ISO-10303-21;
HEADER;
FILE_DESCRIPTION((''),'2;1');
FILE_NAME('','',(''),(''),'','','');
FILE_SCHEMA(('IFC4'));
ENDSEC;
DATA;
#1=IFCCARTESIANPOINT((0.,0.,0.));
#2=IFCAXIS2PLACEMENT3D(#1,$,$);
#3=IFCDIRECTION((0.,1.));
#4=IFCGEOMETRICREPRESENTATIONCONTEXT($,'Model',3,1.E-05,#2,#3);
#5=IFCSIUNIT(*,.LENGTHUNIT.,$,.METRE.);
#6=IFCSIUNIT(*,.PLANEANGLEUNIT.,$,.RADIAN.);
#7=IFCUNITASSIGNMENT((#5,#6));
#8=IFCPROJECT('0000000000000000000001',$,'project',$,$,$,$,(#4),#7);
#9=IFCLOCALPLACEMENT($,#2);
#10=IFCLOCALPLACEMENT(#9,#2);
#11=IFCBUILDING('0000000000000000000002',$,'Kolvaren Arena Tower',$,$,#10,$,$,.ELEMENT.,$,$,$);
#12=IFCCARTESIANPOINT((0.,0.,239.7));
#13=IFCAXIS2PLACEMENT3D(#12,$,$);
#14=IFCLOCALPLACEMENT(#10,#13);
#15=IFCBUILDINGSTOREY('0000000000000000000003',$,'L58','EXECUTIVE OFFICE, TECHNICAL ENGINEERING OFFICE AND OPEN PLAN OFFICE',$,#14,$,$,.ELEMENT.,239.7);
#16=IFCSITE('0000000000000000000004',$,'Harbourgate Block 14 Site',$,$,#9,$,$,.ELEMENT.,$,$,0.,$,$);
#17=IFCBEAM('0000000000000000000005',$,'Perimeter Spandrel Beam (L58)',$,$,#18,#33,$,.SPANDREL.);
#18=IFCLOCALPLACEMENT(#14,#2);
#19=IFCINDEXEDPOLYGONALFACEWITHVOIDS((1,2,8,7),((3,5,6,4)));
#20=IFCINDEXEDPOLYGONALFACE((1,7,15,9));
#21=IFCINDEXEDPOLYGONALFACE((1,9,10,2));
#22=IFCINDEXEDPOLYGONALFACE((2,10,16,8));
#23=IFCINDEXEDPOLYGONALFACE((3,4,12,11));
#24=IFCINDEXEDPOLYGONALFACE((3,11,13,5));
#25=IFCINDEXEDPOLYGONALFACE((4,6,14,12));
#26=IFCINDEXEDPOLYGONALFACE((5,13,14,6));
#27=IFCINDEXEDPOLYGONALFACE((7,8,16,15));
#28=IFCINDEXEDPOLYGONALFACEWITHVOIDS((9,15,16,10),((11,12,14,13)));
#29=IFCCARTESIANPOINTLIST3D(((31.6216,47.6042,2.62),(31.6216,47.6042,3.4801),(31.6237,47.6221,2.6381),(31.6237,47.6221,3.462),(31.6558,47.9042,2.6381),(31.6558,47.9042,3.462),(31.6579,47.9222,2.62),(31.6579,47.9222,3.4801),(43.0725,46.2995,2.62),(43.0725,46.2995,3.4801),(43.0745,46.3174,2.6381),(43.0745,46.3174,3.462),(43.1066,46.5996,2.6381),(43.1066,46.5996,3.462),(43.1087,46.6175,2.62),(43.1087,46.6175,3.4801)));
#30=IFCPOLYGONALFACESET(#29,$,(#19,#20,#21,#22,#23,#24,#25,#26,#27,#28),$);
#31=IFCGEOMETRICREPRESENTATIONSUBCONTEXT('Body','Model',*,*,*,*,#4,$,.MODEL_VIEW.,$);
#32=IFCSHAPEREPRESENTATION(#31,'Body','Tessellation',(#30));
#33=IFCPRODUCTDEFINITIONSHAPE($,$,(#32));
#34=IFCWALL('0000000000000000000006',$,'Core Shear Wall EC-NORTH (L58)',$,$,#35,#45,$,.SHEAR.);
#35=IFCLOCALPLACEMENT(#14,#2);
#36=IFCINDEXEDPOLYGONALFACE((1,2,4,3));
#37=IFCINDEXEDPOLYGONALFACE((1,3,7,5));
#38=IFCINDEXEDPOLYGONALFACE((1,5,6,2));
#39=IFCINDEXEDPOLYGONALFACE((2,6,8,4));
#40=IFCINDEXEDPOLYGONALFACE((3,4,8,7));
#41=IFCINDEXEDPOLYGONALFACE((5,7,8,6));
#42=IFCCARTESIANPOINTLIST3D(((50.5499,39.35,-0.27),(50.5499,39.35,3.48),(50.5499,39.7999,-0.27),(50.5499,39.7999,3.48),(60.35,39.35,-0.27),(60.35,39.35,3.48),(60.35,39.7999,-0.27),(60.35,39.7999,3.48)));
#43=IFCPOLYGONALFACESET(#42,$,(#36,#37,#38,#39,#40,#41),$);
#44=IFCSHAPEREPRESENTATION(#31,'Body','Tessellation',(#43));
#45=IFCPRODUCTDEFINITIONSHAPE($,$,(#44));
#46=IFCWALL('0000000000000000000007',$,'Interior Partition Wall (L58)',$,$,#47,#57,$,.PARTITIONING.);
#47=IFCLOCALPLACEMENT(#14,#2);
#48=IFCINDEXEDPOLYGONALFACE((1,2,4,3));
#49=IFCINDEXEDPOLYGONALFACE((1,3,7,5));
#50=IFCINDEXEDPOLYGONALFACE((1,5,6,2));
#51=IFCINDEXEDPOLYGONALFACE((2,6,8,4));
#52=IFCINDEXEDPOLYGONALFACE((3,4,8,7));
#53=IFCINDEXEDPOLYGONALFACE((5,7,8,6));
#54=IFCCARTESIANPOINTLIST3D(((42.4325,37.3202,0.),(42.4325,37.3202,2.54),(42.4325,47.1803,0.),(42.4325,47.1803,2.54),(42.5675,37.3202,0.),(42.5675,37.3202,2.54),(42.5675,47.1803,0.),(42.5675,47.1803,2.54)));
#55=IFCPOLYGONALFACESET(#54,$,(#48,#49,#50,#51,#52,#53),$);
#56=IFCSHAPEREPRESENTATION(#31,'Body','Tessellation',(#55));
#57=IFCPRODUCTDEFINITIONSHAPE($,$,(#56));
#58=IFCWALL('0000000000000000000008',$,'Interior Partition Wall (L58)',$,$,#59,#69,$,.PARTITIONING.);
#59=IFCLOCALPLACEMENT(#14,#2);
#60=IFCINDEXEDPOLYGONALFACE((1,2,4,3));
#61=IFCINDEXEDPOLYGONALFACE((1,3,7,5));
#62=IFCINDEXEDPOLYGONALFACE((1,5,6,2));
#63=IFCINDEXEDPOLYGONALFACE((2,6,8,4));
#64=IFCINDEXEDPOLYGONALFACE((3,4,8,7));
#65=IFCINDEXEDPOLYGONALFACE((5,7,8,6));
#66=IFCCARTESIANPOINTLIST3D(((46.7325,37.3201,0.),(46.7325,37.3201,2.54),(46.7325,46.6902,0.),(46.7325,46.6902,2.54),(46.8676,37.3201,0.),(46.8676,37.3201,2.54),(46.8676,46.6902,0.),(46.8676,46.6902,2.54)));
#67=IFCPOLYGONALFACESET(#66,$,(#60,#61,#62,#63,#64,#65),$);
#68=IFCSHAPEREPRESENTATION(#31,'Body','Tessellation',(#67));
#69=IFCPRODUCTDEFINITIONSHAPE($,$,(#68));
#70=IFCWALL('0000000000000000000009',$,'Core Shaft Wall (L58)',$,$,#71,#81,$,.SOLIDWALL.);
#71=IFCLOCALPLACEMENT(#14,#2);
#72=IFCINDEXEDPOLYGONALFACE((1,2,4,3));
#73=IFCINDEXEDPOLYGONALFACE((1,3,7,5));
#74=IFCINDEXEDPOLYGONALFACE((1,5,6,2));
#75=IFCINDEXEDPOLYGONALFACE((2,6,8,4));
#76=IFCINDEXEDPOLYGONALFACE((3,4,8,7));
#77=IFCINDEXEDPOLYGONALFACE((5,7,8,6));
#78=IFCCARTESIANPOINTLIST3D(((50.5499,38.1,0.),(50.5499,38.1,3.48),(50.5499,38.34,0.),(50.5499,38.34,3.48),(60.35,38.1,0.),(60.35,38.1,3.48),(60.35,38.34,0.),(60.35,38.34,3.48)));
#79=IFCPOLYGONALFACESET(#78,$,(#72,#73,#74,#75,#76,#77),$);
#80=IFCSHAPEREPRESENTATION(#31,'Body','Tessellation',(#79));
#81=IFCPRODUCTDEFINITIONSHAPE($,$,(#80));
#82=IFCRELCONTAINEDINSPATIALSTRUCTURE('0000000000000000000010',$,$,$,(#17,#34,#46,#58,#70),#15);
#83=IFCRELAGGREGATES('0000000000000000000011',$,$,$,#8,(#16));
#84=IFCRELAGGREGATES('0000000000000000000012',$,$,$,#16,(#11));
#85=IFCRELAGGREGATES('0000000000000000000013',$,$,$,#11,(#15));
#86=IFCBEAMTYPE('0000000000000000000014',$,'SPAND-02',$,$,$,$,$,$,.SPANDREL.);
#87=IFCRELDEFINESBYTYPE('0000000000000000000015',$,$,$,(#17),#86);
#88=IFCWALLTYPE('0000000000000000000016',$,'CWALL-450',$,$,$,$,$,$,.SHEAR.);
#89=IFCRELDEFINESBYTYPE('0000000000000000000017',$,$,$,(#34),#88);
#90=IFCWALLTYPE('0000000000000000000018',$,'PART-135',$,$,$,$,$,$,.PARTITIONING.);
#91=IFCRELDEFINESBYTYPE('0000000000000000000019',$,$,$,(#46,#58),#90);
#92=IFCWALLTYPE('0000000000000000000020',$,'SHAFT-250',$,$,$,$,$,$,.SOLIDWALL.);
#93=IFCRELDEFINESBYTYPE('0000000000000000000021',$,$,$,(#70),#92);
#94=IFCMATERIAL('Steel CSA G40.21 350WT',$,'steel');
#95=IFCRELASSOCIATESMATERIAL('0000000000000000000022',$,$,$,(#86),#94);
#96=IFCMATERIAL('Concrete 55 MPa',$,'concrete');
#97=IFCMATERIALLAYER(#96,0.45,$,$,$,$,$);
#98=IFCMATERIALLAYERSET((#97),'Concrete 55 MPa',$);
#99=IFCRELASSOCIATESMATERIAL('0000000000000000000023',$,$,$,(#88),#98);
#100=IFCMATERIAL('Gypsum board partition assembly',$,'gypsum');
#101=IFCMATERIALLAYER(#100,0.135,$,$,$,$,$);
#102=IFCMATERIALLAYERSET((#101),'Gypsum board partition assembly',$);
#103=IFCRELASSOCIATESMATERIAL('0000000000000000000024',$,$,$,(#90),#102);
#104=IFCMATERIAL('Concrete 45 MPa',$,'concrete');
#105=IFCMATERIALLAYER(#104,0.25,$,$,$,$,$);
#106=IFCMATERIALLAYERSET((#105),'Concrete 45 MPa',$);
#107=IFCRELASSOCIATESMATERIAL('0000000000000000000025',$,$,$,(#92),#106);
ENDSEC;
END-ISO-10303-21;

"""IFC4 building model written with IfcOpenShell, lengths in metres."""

from ifc_helpers import new_model, si_unit, direction, frame, frame_2d, origin, origin_2d, place, context, subcontext, project, spatial, rectangle, hollow_rectangle, extrude, material, layer, layer_set, material_profile, profile_set, type_object, element, save


model = new_model("IFC4")

# Units and contexts
model_context = context("Model", 3, precision=1e-05, world=origin(), true_north=direction((0.0, 1.0)))
body_context = subcontext(model_context, "Body", "Model", "MODEL_VIEW")
ifc_project = project(units=[si_unit("LENGTHUNIT", "METRE"), si_unit("PLANEANGLEUNIT", "RADIAN")], contexts=[model_context])

# Site, building, storey
site_placement = place(None, origin())
site = spatial("IfcSite", under=ifc_project, at=site_placement, Name="Harbourgate Block 14 Site", CompositionType="ELEMENT", RefElevation=0.0)
building_placement = place(site_placement, origin())
building = spatial("IfcBuilding", under=site, at=building_placement, Name="Kolvaren Arena Tower", CompositionType="ELEMENT")
storey_placement = place(building_placement, frame((0.0, 0.0, 239.7)))
storey = spatial("IfcBuildingStorey", under=building, at=storey_placement, Name="L58", Description="EXECUTIVE OFFICE, TECHNICAL ENGINEERING OFFICE AND OPEN PLAN OFFICE", CompositionType="ELEMENT", Elevation=239.7)

# Beam
ifc_material_1 = material(Name="Steel CSA G40.21 350WT", Category="steel")
ifc_material_profile_1 = material_profile(ifc_material_1, hollow_rectangle(XDim=0.3201, YDim=0.8601, WallThickness=0.0181, at=origin_2d()), Name="HSS 860x320x18")
ifc_profile_set_1 = profile_set([ifc_material_profile_1], Name="Steel CSA G40.21 350WT")
beam_type_1 = type_object("IfcBeamType", Name="SPAND-02", PredefinedType="SPANDREL", material=ifc_profile_set_1)
beam_1_placement = place(storey_placement, frame((43.0906, 46.4585, 3.05), z_axis=(-0.993572, 0.113205, 0.0), x_axis=(-0.113205, -0.993572, 0.0)))
element("IfcBeam", 1, at=beam_1_placement, inside=storey, type_object=beam_type_1, Name="Perimeter Spandrel Beam (L58)", PredefinedType="SPANDREL", context=body_context, shape_type="SweptSolid", body=[
    extrude(hollow_rectangle(XDim=0.3201, YDim=0.8601, WallThickness=0.0181, at=origin_2d()), origin(), (0.0, 0.0, 1.0), 11.5249),
])

# Walls
ifc_material_2 = material(Name="Concrete 55 MPa", Category="concrete")
ifc_layer_1 = layer(ifc_material_2, 0.45)
ifc_layer_set_1 = layer_set([ifc_layer_1], Name="Concrete 55 MPa")
wall_type_1 = type_object("IfcWallType", Name="CWALL-450", PredefinedType="SHEAR", material=ifc_layer_set_1)
wall_1_placement = place(storey_placement, frame((50.55, 39.575, -0.27), z_axis=(0.0, 0.0, 1.0), x_axis=(1.0, 0.0, 0.0)))
element("IfcWall", 2, at=wall_1_placement, inside=storey, type_object=wall_type_1, Name="Core Shear Wall EC-NORTH (L58)", PredefinedType="SHEAR", context=body_context, shape_type="SweptSolid", body=[
    extrude(rectangle(XDim=9.8, YDim=0.45, at=frame_2d((4.8999, 0.0))), origin(), (0.0, 0.0, 1.0), 3.75),
])
ifc_material_3 = material(Name="Gypsum board partition assembly", Category="gypsum")
ifc_layer_2 = layer(ifc_material_3, 0.135)
ifc_layer_set_2 = layer_set([ifc_layer_2], Name="Gypsum board partition assembly")
wall_type_2 = type_object("IfcWallType", Name="PART-135", PredefinedType="PARTITIONING", material=ifc_layer_set_2)
wall_2_placement = place(storey_placement, frame((42.5, 37.3201, 0.0), z_axis=(0.0, 0.0, 1.0), x_axis=(0.0, 1.0, 0.0)))
element("IfcWall", 3, at=wall_2_placement, inside=storey, type_object=wall_type_2, Name="Interior Partition Wall (L58)", PredefinedType="PARTITIONING", context=body_context, shape_type="SweptSolid", body=[
    extrude(rectangle(XDim=9.8601, YDim=0.135, at=frame_2d((4.9302, 0.0))), origin(), (0.0, 0.0, 1.0), 2.54),
])
wall_3_placement = place(storey_placement, frame((46.8, 37.3201, 0.0), z_axis=(0.0, 0.0, 1.0), x_axis=(0.0, 1.0, 0.0)))
element("IfcWall", 4, at=wall_3_placement, inside=storey, type_object=wall_type_2, Name="Interior Partition Wall (L58)", PredefinedType="PARTITIONING", context=body_context, shape_type="SweptSolid", body=[
    extrude(rectangle(XDim=9.3701, YDim=0.135, at=frame_2d((4.6851, 0.0))), origin(), (0.0, 0.0, 1.0), 2.54),
])
ifc_material_4 = material(Name="Concrete 45 MPa", Category="concrete")
ifc_layer_3 = layer(ifc_material_4, 0.25)
ifc_layer_set_3 = layer_set([ifc_layer_3], Name="Concrete 45 MPa")
wall_type_3 = type_object("IfcWallType", Name="SHAFT-250", PredefinedType="SOLIDWALL", material=ifc_layer_set_3)
wall_4_placement = place(storey_placement, frame((50.55, 38.22, 0.0), z_axis=(0.0, 0.0, 1.0), x_axis=(1.0, 0.0, 0.0)))
element("IfcWall", 5, at=wall_4_placement, inside=storey, type_object=wall_type_3, Name="Core Shaft Wall (L58)", PredefinedType="SOLIDWALL", context=body_context, shape_type="SweptSolid", body=[
    extrude(rectangle(XDim=9.8, YDim=0.24, at=frame_2d((4.8999, 0.0))), origin(), (0.0, 0.0, 1.0), 3.48),
])

save(model, "model.ifc")
